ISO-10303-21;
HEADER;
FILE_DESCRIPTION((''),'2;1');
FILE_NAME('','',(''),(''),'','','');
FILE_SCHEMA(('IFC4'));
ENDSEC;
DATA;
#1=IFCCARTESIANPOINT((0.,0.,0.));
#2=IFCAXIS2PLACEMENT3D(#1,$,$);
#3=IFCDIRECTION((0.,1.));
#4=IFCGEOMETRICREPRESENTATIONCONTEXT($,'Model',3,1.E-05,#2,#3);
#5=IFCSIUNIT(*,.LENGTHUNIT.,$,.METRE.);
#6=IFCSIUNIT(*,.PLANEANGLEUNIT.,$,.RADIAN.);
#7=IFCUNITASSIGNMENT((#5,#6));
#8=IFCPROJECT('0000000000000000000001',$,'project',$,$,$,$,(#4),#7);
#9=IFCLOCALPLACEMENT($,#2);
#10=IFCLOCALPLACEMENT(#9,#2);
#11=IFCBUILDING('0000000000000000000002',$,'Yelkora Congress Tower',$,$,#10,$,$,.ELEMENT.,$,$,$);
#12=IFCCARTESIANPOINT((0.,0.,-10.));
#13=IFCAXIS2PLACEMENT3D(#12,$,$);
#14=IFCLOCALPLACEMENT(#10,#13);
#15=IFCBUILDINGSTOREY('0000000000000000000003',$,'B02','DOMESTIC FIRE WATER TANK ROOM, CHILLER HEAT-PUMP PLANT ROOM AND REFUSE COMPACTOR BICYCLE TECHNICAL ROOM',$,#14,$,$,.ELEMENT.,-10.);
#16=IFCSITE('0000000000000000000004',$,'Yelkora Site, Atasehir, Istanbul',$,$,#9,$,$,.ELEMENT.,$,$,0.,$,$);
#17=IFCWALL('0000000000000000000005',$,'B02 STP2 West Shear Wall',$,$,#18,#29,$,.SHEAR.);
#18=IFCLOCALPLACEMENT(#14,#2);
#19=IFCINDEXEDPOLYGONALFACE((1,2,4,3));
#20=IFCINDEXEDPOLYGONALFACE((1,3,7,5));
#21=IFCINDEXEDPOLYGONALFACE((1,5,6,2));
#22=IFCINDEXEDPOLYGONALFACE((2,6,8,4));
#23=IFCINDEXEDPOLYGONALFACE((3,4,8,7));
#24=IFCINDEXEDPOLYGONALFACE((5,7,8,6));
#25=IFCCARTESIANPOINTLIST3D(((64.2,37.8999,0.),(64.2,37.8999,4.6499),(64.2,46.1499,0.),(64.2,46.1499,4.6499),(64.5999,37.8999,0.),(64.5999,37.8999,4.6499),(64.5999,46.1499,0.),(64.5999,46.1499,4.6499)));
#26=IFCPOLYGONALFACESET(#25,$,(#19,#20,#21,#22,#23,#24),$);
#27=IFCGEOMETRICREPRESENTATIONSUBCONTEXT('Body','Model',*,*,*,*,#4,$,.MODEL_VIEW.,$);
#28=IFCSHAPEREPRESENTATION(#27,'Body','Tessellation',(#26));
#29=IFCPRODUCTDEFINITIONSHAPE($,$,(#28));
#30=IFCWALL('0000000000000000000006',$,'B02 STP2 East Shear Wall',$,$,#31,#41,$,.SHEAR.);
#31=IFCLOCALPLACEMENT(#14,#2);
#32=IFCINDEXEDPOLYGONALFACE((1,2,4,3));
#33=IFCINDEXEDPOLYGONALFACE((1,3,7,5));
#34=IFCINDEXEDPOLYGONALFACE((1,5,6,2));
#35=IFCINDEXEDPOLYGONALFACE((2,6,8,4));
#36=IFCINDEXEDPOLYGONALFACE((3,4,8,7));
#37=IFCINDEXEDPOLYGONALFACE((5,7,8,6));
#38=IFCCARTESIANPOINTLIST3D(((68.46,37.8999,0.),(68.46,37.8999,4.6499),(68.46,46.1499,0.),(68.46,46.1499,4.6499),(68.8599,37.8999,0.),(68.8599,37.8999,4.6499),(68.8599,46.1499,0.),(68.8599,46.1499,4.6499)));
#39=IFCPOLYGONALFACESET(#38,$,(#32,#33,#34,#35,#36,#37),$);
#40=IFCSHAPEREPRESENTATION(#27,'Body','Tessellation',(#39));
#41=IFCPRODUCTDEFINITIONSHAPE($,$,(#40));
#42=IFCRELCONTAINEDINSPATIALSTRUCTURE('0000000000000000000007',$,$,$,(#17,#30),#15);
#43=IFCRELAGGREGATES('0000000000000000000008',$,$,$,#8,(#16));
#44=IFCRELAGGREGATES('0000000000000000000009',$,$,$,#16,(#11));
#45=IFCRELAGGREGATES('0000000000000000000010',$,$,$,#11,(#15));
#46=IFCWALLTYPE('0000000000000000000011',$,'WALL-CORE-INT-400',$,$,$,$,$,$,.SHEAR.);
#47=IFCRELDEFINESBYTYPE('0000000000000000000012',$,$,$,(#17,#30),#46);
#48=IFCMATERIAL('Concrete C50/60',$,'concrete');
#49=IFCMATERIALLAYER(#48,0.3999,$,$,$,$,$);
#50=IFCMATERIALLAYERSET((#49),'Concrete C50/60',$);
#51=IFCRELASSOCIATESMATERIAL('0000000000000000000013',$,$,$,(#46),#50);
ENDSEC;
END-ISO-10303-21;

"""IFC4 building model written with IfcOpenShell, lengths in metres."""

from ifc_helpers import new_model, si_unit, direction, frame, frame_2d, origin, place, context, subcontext, project, spatial, rectangle, extrude, material, layer, layer_set, type_object, element, save


model = new_model("IFC4")

# Units and contexts
model_context = context("Model", 3, precision=1e-05, world=origin(), true_north=direction((0.0, 1.0)))
body_context = subcontext(model_context, "Body", "Model", "MODEL_VIEW")
ifc_project = project(units=[si_unit("LENGTHUNIT", "METRE"), si_unit("PLANEANGLEUNIT", "RADIAN")], contexts=[model_context])

# Site, building, storey
site_placement = place(None, origin())
site = spatial("IfcSite", under=ifc_project, at=site_placement, Name="Yelkora Site, Atasehir, Istanbul", CompositionType="ELEMENT", RefElevation=0.0)
building_placement = place(site_placement, origin())
building = spatial("IfcBuilding", under=site, at=building_placement, Name="Yelkora Congress Tower", CompositionType="ELEMENT")
storey_placement = place(building_placement, frame((0.0, 0.0, -10.0)))
storey = spatial("IfcBuildingStorey", under=building, at=storey_placement, Name="B02", Description="DOMESTIC FIRE WATER TANK ROOM, CHILLER HEAT-PUMP PLANT ROOM AND REFUSE COMPACTOR BICYCLE TECHNICAL ROOM", CompositionType="ELEMENT", Elevation=-10.0)

# Shared definitions
ifc_material_1 = material(Name="Concrete C50/60", Category="concrete")

# Walls
ifc_layer = layer(ifc_material_1, 0.3999)
ifc_layer_set = layer_set([ifc_layer], Name="Concrete C50/60")
wall_type = type_object("IfcWallType", Name="WALL-CORE-INT-400", PredefinedType="SHEAR", material=ifc_layer_set)
for number, where, z_axis, x_axis, name in (
    (1, (64.3999, 37.8999, 0.0), (0.0, 0.0, 1.0), (0.0, 1.0, 0.0), "B02 STP2 West Shear Wall"),
    (2, (68.6599, 37.8999, 0.0), (0.0, 0.0, 1.0), (0.0, 1.0, 0.0), "B02 STP2 East Shear Wall"),
):
    element("IfcWall", number, at=place(storey_placement, frame(where, z_axis=z_axis, x_axis=x_axis)), inside=storey, type_object=wall_type, Name=name, PredefinedType="SHEAR", context=body_context, shape_type="SweptSolid", body=[
        extrude(rectangle(XDim=8.25, YDim=0.3999, at=frame_2d((4.125, 0.0))), origin(), (0.0, 0.0, 1.0), 4.6499),
    ])

save(model, "model.ifc")
